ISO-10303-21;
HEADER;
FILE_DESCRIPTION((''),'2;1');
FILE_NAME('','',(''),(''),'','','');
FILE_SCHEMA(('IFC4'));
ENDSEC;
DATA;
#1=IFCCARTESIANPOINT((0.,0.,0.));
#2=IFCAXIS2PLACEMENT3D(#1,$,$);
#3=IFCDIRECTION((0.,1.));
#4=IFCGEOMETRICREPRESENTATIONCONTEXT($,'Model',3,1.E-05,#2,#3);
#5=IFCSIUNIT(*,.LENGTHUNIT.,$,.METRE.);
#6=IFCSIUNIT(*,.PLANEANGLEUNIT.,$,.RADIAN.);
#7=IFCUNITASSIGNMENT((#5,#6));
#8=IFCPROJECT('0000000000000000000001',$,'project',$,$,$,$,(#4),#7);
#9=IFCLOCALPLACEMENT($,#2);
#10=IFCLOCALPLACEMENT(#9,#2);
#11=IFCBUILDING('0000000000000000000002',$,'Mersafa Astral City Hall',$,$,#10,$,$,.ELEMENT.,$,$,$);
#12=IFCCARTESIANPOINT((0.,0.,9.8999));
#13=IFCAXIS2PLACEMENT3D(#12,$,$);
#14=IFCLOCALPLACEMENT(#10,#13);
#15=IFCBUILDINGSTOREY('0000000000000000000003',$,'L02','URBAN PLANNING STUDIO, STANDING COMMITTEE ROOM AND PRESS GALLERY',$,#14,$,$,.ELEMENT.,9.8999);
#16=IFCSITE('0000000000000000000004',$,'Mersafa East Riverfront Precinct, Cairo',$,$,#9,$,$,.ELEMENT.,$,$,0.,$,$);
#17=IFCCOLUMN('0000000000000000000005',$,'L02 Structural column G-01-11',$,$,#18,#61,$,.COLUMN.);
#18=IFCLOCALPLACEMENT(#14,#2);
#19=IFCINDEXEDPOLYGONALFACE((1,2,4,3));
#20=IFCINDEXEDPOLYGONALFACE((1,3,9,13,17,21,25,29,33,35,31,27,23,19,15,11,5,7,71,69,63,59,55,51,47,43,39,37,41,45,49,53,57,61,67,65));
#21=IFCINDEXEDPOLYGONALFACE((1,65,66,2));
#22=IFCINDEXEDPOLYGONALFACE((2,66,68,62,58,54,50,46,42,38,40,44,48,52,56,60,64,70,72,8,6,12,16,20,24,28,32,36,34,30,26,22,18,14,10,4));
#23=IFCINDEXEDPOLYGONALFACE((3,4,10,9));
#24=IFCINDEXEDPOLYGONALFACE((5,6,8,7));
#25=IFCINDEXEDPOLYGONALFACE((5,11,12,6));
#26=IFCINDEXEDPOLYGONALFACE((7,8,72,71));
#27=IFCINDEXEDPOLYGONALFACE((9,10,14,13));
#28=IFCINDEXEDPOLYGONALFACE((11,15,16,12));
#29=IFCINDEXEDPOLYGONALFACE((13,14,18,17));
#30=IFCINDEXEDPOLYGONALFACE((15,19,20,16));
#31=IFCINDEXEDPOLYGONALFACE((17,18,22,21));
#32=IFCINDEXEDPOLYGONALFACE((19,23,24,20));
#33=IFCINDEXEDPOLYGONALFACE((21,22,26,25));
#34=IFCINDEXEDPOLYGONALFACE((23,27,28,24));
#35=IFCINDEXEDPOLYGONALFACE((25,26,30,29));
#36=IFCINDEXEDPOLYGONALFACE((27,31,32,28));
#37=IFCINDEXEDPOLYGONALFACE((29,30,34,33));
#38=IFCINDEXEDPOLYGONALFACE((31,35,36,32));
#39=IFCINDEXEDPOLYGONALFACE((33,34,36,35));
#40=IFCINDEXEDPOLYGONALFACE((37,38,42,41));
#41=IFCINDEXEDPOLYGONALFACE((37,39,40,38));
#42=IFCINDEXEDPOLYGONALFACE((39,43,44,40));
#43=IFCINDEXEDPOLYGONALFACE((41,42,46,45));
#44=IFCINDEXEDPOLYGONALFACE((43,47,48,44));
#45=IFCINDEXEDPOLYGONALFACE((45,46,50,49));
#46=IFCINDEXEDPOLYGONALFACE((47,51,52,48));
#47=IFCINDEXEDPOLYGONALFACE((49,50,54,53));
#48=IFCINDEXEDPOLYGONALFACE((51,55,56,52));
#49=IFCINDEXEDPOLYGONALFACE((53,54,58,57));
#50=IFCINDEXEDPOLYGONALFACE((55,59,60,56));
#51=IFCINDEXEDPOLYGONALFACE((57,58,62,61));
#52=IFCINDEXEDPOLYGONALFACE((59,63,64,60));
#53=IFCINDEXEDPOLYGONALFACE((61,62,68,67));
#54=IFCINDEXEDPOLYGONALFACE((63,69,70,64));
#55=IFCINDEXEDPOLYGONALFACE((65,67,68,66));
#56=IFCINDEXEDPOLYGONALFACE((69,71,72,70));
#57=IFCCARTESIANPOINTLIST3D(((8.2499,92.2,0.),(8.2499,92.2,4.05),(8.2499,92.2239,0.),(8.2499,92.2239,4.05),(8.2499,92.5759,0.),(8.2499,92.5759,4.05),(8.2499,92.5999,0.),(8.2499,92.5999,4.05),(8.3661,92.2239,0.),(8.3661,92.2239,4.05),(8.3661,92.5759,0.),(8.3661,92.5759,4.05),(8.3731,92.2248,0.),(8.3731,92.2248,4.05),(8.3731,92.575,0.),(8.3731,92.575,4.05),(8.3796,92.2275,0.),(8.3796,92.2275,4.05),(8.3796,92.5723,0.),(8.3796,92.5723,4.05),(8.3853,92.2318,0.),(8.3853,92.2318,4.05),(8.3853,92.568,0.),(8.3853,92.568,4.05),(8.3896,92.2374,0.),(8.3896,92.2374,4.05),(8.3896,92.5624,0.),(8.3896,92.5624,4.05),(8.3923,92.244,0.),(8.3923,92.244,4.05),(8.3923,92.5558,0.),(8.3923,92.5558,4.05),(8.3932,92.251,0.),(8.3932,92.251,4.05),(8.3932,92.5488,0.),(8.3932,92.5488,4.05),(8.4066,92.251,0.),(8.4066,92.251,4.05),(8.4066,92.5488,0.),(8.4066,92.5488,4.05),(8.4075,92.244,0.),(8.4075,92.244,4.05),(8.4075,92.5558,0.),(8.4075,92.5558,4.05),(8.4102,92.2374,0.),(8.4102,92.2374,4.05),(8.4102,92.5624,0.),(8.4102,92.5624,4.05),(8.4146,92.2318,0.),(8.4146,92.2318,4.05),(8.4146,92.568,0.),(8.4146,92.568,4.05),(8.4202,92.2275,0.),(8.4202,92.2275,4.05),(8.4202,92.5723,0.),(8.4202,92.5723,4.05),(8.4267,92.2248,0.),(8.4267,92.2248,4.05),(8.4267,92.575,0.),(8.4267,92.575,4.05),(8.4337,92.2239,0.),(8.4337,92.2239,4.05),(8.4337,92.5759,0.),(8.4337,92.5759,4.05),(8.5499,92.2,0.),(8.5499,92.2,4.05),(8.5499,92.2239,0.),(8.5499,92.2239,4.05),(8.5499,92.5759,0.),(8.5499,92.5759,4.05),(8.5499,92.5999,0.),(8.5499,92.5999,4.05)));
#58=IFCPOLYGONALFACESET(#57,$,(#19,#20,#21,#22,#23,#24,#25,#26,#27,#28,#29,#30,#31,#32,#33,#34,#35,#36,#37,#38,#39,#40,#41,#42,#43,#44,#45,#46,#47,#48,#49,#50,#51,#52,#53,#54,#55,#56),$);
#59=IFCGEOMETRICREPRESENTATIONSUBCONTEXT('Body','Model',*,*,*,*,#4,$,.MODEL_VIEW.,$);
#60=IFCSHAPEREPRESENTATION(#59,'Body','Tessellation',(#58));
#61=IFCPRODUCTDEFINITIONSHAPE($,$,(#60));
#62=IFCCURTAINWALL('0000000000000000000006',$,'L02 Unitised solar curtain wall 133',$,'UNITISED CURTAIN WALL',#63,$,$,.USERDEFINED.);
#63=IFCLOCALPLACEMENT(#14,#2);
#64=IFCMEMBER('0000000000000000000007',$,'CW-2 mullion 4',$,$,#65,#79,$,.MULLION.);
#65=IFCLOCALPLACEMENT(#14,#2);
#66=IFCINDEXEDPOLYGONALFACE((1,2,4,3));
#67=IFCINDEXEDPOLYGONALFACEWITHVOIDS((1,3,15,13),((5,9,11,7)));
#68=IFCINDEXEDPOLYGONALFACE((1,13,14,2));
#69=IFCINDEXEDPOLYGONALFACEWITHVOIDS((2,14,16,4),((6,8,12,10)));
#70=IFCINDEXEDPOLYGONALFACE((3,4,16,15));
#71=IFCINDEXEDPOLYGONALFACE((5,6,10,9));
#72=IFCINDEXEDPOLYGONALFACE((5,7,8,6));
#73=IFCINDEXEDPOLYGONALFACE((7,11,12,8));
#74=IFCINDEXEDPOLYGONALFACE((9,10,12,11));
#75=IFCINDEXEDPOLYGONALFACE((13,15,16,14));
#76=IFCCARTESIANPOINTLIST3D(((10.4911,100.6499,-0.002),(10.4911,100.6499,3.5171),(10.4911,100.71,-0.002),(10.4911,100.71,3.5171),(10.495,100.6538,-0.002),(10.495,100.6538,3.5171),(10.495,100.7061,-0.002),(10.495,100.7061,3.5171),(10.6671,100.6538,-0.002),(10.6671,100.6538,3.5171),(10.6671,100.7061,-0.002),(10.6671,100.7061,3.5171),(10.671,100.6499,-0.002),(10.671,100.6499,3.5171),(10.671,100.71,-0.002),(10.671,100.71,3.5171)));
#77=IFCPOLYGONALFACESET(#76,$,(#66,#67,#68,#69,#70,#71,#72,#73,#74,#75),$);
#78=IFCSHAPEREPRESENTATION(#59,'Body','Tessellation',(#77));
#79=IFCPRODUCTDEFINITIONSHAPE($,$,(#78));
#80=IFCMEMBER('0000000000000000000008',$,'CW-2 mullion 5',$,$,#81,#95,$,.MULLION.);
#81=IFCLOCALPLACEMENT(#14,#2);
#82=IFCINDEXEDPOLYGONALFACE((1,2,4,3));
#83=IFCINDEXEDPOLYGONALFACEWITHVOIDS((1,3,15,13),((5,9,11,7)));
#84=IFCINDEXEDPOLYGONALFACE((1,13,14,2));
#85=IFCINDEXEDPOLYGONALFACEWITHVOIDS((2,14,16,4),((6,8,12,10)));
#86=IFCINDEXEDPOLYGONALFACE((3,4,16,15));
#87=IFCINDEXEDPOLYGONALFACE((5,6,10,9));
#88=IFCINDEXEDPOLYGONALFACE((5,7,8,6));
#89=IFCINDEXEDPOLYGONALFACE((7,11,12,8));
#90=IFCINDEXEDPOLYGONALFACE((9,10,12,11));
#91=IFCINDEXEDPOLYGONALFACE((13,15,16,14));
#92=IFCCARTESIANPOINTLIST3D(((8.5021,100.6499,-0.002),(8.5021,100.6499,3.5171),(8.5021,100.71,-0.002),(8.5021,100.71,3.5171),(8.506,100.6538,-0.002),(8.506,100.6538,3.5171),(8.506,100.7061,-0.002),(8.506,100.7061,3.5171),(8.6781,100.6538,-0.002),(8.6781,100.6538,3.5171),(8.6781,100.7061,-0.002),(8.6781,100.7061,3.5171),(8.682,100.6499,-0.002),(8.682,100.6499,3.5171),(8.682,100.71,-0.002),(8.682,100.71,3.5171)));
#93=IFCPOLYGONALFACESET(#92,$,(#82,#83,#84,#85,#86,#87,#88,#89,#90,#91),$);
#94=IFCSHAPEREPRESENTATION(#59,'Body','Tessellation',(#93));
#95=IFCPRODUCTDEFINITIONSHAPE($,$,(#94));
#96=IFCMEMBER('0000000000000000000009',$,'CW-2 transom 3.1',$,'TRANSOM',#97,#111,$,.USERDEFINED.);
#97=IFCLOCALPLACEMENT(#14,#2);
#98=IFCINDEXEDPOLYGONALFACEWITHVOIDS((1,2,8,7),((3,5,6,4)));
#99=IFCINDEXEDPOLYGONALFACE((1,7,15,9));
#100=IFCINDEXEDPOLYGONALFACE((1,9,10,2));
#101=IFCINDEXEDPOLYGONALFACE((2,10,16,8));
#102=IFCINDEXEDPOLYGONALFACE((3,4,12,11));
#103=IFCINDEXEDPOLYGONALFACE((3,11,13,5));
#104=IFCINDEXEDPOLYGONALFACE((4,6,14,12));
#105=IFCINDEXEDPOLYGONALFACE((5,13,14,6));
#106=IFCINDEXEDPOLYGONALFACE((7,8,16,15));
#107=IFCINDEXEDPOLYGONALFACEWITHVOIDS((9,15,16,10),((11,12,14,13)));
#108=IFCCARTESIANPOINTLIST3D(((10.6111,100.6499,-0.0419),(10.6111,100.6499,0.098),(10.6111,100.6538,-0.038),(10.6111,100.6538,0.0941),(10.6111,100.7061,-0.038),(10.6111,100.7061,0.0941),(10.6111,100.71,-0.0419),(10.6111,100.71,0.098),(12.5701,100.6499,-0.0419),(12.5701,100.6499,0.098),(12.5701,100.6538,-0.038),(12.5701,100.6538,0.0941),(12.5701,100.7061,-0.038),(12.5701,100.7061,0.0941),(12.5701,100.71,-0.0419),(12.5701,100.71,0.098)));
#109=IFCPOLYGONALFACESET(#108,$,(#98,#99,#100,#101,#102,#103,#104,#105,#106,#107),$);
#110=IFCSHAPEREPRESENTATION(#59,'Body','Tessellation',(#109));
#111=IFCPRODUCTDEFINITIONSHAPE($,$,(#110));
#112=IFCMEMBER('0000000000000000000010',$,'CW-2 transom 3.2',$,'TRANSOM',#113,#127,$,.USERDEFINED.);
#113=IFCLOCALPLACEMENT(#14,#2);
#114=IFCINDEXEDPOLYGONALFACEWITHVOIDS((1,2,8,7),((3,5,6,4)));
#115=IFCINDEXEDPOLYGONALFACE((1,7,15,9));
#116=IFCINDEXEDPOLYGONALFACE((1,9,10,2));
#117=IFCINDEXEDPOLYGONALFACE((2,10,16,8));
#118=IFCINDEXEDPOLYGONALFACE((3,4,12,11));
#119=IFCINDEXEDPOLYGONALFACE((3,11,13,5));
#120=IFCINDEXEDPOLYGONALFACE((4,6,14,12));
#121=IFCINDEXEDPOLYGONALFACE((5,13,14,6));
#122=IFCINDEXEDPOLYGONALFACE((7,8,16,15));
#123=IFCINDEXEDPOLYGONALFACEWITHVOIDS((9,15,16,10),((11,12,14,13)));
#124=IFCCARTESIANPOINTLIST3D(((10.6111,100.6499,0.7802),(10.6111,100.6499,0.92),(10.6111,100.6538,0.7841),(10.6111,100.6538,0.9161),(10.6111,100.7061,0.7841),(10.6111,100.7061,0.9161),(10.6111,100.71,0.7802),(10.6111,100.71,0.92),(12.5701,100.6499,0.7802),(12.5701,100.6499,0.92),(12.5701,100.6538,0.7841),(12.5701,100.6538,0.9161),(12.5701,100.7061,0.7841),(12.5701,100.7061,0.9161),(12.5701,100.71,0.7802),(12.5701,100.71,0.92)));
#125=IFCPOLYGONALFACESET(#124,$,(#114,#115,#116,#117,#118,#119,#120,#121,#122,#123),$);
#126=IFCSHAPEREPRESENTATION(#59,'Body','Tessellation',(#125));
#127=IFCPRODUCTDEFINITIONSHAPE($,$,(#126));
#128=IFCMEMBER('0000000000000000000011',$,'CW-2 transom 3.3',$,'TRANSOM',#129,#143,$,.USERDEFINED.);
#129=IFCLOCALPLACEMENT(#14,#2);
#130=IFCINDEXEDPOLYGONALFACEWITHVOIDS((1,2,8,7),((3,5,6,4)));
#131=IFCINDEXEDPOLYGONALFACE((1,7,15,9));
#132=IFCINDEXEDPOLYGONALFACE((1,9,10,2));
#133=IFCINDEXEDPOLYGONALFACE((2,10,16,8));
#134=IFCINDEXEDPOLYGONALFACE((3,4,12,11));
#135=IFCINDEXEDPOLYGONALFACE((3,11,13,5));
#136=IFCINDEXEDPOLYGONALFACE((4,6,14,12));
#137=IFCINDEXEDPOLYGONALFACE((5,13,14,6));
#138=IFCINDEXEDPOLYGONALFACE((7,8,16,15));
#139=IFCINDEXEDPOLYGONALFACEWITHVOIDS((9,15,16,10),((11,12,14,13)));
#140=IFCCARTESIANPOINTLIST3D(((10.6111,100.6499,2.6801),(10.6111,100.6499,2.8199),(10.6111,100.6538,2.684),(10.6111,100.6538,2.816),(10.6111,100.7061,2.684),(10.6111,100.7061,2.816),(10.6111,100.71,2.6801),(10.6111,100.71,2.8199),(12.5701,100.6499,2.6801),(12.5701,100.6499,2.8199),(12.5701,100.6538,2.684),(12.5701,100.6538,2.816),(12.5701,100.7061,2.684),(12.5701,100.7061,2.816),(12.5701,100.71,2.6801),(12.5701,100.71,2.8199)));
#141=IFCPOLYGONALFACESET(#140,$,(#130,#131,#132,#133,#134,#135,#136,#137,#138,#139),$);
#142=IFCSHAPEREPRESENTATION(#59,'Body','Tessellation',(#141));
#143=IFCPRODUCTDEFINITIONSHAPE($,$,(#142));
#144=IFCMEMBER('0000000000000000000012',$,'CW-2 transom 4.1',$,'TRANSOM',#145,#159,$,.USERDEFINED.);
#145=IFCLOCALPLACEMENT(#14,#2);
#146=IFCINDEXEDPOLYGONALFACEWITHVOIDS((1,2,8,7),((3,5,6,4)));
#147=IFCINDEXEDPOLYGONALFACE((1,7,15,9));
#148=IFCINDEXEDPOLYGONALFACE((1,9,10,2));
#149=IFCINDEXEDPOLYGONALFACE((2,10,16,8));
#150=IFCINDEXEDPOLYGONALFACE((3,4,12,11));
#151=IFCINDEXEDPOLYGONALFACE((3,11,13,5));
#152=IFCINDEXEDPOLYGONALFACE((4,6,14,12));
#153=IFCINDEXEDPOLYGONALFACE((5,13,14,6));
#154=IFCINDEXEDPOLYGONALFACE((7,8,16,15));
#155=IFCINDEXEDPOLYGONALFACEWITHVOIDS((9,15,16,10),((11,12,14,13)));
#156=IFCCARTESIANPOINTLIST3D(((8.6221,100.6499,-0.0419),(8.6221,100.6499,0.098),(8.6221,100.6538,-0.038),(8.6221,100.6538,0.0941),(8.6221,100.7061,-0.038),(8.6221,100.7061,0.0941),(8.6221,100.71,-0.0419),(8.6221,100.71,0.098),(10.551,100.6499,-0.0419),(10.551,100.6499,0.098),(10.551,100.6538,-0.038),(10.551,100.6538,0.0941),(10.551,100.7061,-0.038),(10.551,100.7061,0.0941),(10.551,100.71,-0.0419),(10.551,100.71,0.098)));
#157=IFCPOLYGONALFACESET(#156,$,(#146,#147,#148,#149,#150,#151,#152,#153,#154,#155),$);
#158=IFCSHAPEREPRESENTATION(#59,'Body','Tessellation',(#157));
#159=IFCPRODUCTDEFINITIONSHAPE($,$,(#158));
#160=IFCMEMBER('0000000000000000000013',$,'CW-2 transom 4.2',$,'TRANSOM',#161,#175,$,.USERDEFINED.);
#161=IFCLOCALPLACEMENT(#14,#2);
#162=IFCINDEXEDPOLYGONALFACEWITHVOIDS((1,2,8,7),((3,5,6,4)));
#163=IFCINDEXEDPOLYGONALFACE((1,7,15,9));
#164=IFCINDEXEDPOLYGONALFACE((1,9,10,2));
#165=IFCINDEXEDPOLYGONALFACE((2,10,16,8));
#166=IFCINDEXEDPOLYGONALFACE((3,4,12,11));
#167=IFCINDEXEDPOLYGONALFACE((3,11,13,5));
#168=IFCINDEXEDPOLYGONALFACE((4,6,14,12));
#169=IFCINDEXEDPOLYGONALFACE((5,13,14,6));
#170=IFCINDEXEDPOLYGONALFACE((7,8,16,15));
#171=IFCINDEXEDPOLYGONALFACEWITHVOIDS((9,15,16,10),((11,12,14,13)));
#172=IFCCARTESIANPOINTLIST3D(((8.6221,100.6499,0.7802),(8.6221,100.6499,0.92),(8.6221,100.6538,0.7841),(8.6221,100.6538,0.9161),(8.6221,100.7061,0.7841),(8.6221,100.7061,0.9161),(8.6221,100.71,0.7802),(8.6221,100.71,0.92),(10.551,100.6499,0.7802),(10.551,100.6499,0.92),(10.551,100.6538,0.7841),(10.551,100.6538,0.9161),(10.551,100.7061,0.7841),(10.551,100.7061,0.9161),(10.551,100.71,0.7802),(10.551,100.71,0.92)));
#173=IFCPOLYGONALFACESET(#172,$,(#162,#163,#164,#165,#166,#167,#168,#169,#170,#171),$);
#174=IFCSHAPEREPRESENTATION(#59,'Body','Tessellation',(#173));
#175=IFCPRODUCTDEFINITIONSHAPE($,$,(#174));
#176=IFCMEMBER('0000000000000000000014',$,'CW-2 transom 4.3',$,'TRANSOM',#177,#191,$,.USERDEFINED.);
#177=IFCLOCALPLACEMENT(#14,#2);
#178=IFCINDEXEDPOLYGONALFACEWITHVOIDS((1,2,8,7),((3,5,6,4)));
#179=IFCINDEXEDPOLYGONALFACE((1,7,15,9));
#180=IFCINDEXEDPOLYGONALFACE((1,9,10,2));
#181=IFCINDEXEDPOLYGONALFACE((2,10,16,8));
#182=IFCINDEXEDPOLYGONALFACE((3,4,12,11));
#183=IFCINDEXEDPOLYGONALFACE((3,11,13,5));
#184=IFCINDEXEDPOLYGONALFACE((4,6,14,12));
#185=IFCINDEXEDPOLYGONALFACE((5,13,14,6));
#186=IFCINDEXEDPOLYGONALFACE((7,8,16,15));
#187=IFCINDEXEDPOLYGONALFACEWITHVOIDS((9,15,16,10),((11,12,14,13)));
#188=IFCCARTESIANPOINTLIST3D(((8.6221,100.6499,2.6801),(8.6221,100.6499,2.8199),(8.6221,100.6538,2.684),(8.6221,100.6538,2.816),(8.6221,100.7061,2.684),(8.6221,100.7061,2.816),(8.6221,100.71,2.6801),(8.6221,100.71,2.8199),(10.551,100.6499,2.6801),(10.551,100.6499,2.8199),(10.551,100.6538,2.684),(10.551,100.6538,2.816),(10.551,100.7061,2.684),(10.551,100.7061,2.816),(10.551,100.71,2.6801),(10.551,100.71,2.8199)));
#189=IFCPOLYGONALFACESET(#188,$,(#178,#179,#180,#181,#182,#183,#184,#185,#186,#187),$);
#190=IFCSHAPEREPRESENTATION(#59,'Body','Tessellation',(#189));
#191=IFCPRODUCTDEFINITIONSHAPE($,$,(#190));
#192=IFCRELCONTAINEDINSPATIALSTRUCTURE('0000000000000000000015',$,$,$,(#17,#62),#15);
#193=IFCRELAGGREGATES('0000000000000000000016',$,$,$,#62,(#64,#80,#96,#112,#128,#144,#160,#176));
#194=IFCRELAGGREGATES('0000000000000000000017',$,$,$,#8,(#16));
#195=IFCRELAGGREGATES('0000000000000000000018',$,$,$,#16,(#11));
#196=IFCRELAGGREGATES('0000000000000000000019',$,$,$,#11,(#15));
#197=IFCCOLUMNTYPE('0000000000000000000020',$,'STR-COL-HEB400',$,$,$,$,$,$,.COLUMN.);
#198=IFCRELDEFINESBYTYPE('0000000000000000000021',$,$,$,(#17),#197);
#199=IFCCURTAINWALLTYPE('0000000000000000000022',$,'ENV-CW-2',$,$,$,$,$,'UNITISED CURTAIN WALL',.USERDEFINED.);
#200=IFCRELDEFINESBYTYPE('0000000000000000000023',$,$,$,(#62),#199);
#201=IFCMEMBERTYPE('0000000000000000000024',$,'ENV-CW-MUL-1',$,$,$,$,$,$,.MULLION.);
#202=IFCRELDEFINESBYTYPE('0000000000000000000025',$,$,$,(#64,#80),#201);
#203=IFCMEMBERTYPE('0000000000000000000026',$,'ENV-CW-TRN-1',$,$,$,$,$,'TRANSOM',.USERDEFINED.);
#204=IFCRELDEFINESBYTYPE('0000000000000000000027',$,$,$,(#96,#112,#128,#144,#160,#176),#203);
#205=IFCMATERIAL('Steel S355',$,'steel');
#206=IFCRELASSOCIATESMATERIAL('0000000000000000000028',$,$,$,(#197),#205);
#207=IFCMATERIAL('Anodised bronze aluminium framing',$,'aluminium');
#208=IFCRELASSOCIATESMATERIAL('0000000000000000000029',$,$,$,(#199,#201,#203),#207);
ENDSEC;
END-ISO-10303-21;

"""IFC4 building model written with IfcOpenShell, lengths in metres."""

from ifc_helpers import new_model, si_unit, direction, frame, origin, origin_2d, place, context, subcontext, project, spatial, hollow_rectangle, i_section, extrude, material, material_profile, profile_set, type_object, element, aggregate, save


model = new_model("IFC4")

# Units and contexts
model_context = context("Model", 3, precision=1e-05, world=origin(), true_north=direction((0.0, 1.0)))
body_context = subcontext(model_context, "Body", "Model", "MODEL_VIEW")
ifc_project = project(units=[si_unit("LENGTHUNIT", "METRE"), si_unit("PLANEANGLEUNIT", "RADIAN")], contexts=[model_context])

# Site, building, storey
site_placement = place(None, origin())
site = spatial("IfcSite", under=ifc_project, at=site_placement, Name="Mersafa East Riverfront Precinct, Cairo", CompositionType="ELEMENT", RefElevation=0.0)
building_placement = place(site_placement, origin())
building = spatial("IfcBuilding", under=site, at=building_placement, Name="Mersafa Astral City Hall", CompositionType="ELEMENT")
storey_placement = place(building_placement, frame((0.0, 0.0, 9.8999)))
storey = spatial("IfcBuildingStorey", under=building, at=storey_placement, Name="L02", Description="URBAN PLANNING STUDIO, STANDING COMMITTEE ROOM AND PRESS GALLERY", CompositionType="ELEMENT", Elevation=9.8999)

# Column
ifc_material_1 = material(Name="Steel S355", Category="steel")
ifc_material_profile_1 = material_profile(ifc_material_1, i_section(OverallWidth=0.3, OverallDepth=0.3999, WebThickness=0.0134, FlangeThickness=0.0239, FilletRadius=0.0271, at=origin_2d()), Name="HEB 400")
ifc_profile_set_1 = profile_set([ifc_material_profile_1], Name="Steel S355")
column_type = type_object("IfcColumnType", Name="STR-COL-HEB400", PredefinedType="COLUMN", material=ifc_profile_set_1)
column_placement = place(storey_placement, frame((8.3999, 92.3999, 0.0), z_axis=(0.0, 0.0, 1.0), x_axis=(1.0, 0.0, 0.0)))
element("IfcColumn", 1, at=column_placement, inside=storey, type_object=column_type, Name="L02 Structural column G-01-11", PredefinedType="COLUMN", context=body_context, shape_type="SweptSolid", body=[
    extrude(i_section(OverallWidth=0.3, OverallDepth=0.3999, WebThickness=0.0134, FlangeThickness=0.0239, FilletRadius=0.0271, at=origin_2d()), origin(), (0.0, 0.0, 1.0), 4.05),
])

# Curtain wall, members
ifc_material_2 = material(Name="Anodised bronze aluminium framing", Category="aluminium")
curtain_wall_type = type_object("IfcCurtainWallType", Name="ENV-CW-2", ElementType="UNITISED CURTAIN WALL", PredefinedType="USERDEFINED", material=ifc_material_2)
curtain_wall_placement = place(storey_placement, origin())
curtain_wall = element("IfcCurtainWall", 2, at=curtain_wall_placement, inside=storey, type_object=curtain_wall_type, Name="L02 Unitised solar curtain wall 133", ObjectType="UNITISED CURTAIN WALL", PredefinedType="USERDEFINED")
ifc_material_profile_2 = material_profile(ifc_material_2, hollow_rectangle(XDim=0.0601, YDim=0.1799, WallThickness=0.0039, at=origin_2d()), Name="RHS 60x180x4")
ifc_profile_set_2 = profile_set([ifc_material_profile_2], Name="Anodised bronze aluminium framing")
member_type_1 = type_object("IfcMemberType", Name="ENV-CW-MUL-1", PredefinedType="MULLION", material=ifc_profile_set_2)
member_1_placement = place(storey_placement, frame((10.5811, 100.6799, -0.002), z_axis=(0.0, 0.0, 1.0), x_axis=(0.0, -1.0, 0.0)))
member_1 = element("IfcMember", 3, at=member_1_placement, type_object=member_type_1, Name="CW-2 mullion 4", PredefinedType="MULLION", context=body_context, shape_type="SweptSolid", body=[
    extrude(hollow_rectangle(XDim=0.0601, YDim=0.1799, WallThickness=0.0039, at=origin_2d()), origin(), (0.0, 0.0, 1.0), 3.519),
])
member_2_placement = place(storey_placement, frame((8.592, 100.6799, -0.002), z_axis=(0.0, 0.0, 1.0), x_axis=(0.0, -1.0, 0.0)))
member_2 = element("IfcMember", 4, at=member_2_placement, type_object=member_type_1, Name="CW-2 mullion 5", PredefinedType="MULLION", context=body_context, shape_type="SweptSolid", body=[
    extrude(hollow_rectangle(XDim=0.0601, YDim=0.1799, WallThickness=0.0039, at=origin_2d()), origin(), (0.0, 0.0, 1.0), 3.519),
])
ifc_material_profile_3 = material_profile(ifc_material_2, hollow_rectangle(XDim=0.0601, YDim=0.1399, WallThickness=0.0039, at=origin_2d()), Name="RHS 60x140x4")
ifc_profile_set_3 = profile_set([ifc_material_profile_3], Name="Anodised bronze aluminium framing")
member_type_2 = type_object("IfcMemberType", Name="ENV-CW-TRN-1", ElementType="TRANSOM", PredefinedType="USERDEFINED", material=ifc_profile_set_3)
member_3_placement = place(storey_placement, frame((12.5701, 100.6799, 0.0281), z_axis=(-1.0, 0.0, 0.0), x_axis=(0.0, -1.0, 0.0)))
member_3 = element("IfcMember", 5, at=member_3_placement, type_object=member_type_2, Name="CW-2 transom 3.1", ObjectType="TRANSOM", PredefinedType="USERDEFINED", context=body_context, shape_type="SweptSolid", body=[
    extrude(hollow_rectangle(XDim=0.0601, YDim=0.1399, WallThickness=0.0039, at=origin_2d()), origin(), (0.0, 0.0, 1.0), 1.959),
])
member_4_placement = place(storey_placement, frame((12.5701, 100.6799, 0.8501), z_axis=(-1.0, 0.0, 0.0), x_axis=(0.0, -1.0, 0.0)))
member_4 = element("IfcMember", 6, at=member_4_placement, type_object=member_type_2, Name="CW-2 transom 3.2", ObjectType="TRANSOM", PredefinedType="USERDEFINED", context=body_context, shape_type="SweptSolid", body=[
    extrude(hollow_rectangle(XDim=0.0601, YDim=0.1399, WallThickness=0.0039, at=origin_2d()), origin(), (0.0, 0.0, 1.0), 1.959),
])
member_5_placement = place(storey_placement, frame((12.5701, 100.6799, 2.75), z_axis=(-1.0, 0.0, 0.0), x_axis=(0.0, -1.0, 0.0)))
member_5 = element("IfcMember", 7, at=member_5_placement, type_object=member_type_2, Name="CW-2 transom 3.3", ObjectType="TRANSOM", PredefinedType="USERDEFINED", context=body_context, shape_type="SweptSolid", body=[
    extrude(hollow_rectangle(XDim=0.0601, YDim=0.1399, WallThickness=0.0039, at=origin_2d()), origin(), (0.0, 0.0, 1.0), 1.959),
])
member_6_placement = place(storey_placement, frame((10.551, 100.6799, 0.0281), z_axis=(-1.0, 0.0, 0.0), x_axis=(0.0, -1.0, 0.0)))
member_6 = element("IfcMember", 8, at=member_6_placement, type_object=member_type_2, Name="CW-2 transom 4.1", ObjectType="TRANSOM", PredefinedType="USERDEFINED", context=body_context, shape_type="SweptSolid", body=[
    extrude(hollow_rectangle(XDim=0.0601, YDim=0.1399, WallThickness=0.0039, at=origin_2d()), origin(), (0.0, 0.0, 1.0), 1.929),
])
member_7_placement = place(storey_placement, frame((10.551, 100.6799, 0.8501), z_axis=(-1.0, 0.0, 0.0), x_axis=(0.0, -1.0, 0.0)))
member_7 = element("IfcMember", 9, at=member_7_placement, type_object=member_type_2, Name="CW-2 transom 4.2", ObjectType="TRANSOM", PredefinedType="USERDEFINED", context=body_context, shape_type="SweptSolid", body=[
    extrude(hollow_rectangle(XDim=0.0601, YDim=0.1399, WallThickness=0.0039, at=origin_2d()), origin(), (0.0, 0.0, 1.0), 1.929),
])
member_8_placement = place(storey_placement, frame((10.551, 100.6799, 2.75), z_axis=(-1.0, 0.0, 0.0), x_axis=(0.0, -1.0, 0.0)))
member_8 = element("IfcMember", 10, at=member_8_placement, type_object=member_type_2, Name="CW-2 transom 4.3", ObjectType="TRANSOM", PredefinedType="USERDEFINED", context=body_context, shape_type="SweptSolid", body=[
    extrude(hollow_rectangle(XDim=0.0601, YDim=0.1399, WallThickness=0.0039, at=origin_2d()), origin(), (0.0, 0.0, 1.0), 1.929),
])

aggregate(curtain_wall, [member_1, member_2, member_3, member_4, member_5, member_6, member_7, member_8])

save(model, "model.ifc")
